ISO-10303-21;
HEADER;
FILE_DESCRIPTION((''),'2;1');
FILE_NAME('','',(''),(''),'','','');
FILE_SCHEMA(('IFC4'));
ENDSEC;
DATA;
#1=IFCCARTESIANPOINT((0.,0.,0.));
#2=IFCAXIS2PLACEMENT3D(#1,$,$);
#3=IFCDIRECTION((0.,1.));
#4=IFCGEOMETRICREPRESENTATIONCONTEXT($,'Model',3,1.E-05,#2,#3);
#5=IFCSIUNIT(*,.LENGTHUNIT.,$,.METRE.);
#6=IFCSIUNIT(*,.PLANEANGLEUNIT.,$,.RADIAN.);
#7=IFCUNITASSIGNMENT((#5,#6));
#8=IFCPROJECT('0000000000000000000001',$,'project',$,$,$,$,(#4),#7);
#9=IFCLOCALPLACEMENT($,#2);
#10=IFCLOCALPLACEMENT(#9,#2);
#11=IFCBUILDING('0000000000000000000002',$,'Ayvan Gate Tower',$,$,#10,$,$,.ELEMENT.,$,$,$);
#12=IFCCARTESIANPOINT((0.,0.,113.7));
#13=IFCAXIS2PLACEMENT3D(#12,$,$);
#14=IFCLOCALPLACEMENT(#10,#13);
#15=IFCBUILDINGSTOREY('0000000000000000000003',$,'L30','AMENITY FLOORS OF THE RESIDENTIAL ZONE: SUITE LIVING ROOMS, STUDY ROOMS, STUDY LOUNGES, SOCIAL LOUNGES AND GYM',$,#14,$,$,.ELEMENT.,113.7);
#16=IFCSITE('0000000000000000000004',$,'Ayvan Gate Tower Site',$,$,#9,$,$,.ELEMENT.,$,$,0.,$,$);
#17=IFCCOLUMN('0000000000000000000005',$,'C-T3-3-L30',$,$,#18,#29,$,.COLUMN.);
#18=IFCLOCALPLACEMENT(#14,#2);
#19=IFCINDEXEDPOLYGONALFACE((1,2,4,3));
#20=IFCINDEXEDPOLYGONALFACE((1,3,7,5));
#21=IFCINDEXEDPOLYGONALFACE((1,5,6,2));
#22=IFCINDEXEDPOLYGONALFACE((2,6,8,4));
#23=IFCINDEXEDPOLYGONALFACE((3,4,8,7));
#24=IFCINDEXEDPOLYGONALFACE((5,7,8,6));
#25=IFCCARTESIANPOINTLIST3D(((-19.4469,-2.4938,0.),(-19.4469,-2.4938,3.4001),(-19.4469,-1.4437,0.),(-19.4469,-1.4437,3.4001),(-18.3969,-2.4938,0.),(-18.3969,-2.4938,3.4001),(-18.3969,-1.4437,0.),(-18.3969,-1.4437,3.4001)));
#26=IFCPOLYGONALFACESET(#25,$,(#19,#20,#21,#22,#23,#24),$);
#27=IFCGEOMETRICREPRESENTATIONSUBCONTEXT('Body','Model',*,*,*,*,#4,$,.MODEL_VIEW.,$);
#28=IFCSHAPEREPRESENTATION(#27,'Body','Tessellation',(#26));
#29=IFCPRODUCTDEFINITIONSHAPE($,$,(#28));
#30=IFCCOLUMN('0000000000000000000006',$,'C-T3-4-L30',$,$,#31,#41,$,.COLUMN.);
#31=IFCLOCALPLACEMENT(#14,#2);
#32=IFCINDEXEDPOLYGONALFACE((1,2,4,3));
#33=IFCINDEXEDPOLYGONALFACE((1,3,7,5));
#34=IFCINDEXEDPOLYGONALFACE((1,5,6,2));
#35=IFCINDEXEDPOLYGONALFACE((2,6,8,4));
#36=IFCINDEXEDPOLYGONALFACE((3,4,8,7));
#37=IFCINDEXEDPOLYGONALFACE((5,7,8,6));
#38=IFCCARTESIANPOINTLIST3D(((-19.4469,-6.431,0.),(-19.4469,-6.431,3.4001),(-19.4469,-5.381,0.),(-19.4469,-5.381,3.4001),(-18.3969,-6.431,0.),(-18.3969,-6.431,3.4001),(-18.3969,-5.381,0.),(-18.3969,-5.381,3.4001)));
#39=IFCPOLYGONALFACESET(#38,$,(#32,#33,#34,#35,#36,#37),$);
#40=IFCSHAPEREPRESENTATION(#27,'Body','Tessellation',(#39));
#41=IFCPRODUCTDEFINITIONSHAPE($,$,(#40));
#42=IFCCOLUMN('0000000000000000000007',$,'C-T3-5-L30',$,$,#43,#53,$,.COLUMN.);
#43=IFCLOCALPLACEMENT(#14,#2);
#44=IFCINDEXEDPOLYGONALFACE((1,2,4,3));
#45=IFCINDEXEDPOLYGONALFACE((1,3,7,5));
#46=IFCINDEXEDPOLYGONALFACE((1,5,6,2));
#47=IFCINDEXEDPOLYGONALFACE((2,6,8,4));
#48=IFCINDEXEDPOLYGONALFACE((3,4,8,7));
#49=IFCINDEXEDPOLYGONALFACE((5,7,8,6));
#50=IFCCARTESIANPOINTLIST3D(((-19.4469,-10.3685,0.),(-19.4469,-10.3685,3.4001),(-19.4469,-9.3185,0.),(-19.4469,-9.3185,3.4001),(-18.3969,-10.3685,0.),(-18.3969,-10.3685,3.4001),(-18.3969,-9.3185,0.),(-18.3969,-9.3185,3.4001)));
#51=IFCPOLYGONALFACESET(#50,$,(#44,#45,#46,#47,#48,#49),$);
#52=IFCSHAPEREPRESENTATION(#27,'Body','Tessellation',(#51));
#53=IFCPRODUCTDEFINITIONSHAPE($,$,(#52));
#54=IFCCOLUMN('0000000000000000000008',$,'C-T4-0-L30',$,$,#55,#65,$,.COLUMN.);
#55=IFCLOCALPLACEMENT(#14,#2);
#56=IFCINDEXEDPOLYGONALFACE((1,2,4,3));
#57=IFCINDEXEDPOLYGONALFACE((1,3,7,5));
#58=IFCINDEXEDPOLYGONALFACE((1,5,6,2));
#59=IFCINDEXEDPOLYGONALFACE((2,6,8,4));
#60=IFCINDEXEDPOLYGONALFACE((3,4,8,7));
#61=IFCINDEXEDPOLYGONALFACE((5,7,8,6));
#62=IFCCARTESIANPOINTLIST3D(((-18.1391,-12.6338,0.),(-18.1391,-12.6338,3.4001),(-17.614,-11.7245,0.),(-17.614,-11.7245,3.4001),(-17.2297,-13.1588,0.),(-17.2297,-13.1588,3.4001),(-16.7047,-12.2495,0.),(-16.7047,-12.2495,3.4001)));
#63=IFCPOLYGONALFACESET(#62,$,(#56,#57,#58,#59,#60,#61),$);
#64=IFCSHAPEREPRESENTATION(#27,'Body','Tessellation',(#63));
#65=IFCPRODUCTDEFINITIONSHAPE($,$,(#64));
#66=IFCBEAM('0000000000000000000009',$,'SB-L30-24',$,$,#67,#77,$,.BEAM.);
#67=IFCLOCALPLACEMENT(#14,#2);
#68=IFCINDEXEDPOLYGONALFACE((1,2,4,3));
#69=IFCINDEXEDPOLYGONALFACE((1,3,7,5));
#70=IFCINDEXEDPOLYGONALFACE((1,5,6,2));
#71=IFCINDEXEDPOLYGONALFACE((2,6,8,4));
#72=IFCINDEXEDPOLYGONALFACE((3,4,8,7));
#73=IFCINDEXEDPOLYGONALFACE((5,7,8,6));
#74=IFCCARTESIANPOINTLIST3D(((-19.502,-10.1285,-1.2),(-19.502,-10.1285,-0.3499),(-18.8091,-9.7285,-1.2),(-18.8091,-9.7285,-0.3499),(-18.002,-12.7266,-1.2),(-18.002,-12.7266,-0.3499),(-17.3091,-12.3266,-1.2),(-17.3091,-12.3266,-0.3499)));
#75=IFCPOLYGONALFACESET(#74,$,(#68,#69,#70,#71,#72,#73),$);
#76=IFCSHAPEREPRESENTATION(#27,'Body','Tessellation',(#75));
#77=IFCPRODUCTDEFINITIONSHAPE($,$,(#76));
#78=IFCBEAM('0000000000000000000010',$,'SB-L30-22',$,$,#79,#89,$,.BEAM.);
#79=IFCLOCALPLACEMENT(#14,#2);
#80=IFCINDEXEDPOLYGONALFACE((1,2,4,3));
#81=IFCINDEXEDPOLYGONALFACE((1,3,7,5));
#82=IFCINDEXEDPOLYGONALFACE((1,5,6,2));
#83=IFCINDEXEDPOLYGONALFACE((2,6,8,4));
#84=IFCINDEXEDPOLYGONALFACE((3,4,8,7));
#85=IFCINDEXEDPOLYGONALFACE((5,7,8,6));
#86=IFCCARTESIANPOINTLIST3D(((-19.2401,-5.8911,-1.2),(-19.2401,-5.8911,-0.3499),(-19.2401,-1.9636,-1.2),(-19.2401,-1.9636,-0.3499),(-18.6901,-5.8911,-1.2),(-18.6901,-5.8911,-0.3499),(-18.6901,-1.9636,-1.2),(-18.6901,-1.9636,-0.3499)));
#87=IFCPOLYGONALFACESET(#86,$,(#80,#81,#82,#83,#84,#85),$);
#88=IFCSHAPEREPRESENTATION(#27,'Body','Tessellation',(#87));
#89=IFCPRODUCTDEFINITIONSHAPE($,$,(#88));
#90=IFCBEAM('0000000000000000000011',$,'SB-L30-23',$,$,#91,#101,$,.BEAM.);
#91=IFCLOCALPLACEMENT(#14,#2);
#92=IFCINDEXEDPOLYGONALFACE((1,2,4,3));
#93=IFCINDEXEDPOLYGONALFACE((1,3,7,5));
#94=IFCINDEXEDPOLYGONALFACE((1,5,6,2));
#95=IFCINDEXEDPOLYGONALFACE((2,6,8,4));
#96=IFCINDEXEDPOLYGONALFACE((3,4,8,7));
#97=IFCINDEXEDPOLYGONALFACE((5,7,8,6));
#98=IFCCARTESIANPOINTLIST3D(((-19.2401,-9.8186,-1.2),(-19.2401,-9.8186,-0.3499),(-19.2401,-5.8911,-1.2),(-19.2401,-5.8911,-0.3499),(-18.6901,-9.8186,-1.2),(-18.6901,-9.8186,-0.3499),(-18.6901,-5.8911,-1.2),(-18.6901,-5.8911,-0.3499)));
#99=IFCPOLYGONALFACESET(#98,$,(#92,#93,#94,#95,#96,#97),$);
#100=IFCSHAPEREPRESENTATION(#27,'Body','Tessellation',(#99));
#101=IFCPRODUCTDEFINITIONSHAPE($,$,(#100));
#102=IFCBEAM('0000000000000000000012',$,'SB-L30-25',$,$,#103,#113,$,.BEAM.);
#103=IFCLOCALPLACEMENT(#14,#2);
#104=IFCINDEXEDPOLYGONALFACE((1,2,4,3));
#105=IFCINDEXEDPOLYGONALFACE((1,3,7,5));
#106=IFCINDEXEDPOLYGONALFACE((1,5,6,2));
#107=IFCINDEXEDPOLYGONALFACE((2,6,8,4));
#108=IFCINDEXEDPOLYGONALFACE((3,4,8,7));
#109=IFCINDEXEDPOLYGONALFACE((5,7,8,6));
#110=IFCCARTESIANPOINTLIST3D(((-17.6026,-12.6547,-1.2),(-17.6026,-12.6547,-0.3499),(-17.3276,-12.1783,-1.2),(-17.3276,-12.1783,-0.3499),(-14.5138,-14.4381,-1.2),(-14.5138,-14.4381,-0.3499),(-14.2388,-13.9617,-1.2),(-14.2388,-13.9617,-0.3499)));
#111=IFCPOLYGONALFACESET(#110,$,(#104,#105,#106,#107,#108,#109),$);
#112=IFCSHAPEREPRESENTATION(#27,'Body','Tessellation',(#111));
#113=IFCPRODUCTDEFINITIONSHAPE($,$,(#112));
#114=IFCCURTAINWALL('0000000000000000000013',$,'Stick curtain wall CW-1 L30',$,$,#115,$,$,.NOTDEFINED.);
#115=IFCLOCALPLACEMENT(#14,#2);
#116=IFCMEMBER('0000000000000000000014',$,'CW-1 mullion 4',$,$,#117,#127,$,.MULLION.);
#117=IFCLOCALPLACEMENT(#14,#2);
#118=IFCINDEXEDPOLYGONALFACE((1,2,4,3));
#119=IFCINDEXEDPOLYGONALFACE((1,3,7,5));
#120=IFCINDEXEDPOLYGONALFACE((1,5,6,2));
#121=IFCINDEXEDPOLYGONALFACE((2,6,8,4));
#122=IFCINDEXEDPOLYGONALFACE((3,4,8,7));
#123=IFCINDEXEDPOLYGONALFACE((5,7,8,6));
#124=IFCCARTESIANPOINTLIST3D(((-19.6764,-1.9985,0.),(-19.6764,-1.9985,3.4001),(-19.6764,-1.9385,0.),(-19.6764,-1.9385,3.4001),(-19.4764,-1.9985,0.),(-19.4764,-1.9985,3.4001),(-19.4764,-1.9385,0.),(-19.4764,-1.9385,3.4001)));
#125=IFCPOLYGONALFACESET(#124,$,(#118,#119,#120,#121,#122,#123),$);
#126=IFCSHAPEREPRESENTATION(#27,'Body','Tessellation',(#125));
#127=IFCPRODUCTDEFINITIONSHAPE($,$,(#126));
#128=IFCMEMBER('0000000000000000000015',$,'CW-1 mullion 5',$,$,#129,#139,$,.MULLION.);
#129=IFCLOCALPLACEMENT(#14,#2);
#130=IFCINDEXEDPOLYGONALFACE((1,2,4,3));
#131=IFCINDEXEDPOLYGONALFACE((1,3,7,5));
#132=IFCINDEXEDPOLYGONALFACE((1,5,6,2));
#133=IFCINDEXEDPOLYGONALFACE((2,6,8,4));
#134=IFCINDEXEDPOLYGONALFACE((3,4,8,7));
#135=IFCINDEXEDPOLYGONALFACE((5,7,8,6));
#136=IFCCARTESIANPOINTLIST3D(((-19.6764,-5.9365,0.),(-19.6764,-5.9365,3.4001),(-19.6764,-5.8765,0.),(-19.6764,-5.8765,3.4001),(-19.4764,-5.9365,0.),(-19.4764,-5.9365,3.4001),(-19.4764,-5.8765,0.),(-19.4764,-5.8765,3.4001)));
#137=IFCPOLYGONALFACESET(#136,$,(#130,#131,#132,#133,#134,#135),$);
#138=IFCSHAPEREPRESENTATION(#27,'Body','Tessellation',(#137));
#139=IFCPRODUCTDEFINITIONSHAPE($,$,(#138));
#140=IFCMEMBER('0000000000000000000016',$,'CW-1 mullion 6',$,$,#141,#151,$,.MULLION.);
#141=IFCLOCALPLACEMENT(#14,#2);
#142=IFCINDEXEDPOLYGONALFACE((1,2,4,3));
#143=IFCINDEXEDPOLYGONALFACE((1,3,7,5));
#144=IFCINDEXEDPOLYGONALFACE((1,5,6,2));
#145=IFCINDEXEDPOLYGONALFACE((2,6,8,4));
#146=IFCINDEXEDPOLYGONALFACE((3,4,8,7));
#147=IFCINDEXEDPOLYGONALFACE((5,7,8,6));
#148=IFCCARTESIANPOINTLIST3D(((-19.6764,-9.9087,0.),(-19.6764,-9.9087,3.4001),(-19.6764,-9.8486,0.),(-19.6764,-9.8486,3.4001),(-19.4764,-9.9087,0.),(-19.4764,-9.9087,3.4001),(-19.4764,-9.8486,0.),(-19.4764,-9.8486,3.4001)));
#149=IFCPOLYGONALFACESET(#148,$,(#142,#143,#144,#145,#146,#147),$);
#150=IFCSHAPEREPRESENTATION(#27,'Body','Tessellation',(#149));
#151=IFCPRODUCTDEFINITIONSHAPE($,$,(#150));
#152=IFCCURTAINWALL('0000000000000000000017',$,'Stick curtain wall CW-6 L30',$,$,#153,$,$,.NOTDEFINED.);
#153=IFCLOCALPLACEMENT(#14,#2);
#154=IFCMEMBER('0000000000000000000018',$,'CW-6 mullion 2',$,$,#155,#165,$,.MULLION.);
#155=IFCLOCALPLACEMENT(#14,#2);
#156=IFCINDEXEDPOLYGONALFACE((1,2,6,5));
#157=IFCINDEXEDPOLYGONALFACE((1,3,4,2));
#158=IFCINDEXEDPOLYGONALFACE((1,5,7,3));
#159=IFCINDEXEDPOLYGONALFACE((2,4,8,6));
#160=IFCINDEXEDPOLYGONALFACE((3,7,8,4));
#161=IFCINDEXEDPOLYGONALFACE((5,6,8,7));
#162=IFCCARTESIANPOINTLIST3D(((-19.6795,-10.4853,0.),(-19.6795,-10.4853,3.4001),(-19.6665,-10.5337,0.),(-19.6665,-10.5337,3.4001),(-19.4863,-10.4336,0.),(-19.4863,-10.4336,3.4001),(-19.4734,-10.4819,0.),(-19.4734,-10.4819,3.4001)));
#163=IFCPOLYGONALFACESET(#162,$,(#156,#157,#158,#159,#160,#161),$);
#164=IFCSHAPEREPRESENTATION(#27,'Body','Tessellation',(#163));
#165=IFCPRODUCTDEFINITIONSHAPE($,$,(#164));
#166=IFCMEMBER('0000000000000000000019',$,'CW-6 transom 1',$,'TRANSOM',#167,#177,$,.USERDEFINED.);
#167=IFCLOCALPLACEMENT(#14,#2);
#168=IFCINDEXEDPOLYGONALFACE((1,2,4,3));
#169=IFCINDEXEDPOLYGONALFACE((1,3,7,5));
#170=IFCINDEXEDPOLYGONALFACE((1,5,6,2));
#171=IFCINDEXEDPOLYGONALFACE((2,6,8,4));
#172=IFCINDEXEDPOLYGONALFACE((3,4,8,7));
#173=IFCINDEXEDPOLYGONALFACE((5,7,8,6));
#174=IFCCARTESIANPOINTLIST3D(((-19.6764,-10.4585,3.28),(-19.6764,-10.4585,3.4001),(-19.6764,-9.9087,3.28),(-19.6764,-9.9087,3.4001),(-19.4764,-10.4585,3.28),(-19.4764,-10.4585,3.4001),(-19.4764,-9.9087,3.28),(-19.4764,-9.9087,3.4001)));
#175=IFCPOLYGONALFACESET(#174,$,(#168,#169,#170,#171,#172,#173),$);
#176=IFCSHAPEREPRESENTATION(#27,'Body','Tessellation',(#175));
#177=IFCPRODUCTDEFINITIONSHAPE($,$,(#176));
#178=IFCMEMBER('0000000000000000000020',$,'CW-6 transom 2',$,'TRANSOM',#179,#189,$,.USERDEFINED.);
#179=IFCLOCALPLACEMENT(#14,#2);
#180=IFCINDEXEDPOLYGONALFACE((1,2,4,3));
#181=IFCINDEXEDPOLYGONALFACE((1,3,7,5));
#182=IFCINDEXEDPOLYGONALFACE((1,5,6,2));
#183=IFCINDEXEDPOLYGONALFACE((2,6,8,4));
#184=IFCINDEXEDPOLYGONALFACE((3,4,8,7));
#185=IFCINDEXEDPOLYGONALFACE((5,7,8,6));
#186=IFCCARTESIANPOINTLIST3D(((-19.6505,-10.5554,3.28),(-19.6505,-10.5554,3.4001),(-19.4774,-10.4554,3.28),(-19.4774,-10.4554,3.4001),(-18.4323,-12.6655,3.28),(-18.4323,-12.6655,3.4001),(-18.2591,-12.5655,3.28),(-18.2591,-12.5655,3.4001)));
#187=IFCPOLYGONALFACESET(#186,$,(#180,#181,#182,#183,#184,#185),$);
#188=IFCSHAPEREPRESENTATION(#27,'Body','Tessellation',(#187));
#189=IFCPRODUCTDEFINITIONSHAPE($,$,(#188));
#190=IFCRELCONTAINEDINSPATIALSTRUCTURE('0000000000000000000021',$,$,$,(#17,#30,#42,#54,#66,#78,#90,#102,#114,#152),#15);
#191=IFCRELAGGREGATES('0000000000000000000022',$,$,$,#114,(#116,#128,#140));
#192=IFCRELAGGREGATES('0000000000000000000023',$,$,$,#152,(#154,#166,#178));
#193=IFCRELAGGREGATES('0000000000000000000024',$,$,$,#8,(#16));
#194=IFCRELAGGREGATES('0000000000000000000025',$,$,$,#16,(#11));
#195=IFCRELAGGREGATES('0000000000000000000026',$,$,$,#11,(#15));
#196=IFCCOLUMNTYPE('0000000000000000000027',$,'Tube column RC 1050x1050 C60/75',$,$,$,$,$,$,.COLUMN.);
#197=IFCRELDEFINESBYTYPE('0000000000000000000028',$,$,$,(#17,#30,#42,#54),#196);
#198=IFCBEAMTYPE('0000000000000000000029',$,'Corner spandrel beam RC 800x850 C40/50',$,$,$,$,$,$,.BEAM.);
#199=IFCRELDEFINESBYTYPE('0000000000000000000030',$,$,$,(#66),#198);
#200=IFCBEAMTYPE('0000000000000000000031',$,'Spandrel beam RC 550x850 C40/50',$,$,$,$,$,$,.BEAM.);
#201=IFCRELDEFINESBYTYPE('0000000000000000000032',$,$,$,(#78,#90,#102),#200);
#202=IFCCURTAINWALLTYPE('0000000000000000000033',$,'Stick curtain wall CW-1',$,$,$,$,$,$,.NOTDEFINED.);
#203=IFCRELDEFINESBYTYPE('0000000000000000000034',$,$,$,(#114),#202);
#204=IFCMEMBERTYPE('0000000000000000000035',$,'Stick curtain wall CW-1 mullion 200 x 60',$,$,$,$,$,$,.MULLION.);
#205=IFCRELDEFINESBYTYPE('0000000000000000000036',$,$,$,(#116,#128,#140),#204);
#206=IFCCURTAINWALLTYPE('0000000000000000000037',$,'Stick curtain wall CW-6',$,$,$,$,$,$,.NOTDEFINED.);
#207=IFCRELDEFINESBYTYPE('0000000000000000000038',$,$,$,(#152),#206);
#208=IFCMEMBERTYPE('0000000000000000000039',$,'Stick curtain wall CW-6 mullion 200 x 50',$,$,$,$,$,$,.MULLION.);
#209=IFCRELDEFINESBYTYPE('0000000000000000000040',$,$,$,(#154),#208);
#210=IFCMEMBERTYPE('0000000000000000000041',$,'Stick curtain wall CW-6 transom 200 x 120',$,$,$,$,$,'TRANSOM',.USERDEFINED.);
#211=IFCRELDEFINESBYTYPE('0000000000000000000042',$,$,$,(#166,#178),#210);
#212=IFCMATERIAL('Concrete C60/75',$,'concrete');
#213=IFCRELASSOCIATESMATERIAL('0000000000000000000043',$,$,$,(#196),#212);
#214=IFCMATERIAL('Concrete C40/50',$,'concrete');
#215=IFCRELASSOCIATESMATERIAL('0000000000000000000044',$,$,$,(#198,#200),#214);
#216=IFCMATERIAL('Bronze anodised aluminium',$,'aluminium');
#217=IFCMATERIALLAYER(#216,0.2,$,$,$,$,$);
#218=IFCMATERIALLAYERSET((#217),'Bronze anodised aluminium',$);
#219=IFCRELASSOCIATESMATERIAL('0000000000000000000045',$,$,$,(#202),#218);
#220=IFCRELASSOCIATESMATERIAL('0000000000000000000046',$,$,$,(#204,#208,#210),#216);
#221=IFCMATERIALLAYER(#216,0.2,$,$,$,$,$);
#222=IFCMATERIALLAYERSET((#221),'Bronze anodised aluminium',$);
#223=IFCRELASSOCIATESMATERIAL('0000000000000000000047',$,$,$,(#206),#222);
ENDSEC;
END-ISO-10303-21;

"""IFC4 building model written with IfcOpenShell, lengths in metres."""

from ifc_helpers import new_model, si_unit, direction, frame, origin, origin_2d, place, context, subcontext, project, spatial, rectangle, extrude, material, layer, layer_set, material_profile, profile_set, type_object, element, aggregate, save


model = new_model("IFC4")

# Units and contexts
model_context = context("Model", 3, precision=1e-05, world=origin(), true_north=direction((0.0, 1.0)))
body_context = subcontext(model_context, "Body", "Model", "MODEL_VIEW")
ifc_project = project(units=[si_unit("LENGTHUNIT", "METRE"), si_unit("PLANEANGLEUNIT", "RADIAN")], contexts=[model_context])

# Site, building, storey
site_placement = place(None, origin())
site = spatial("IfcSite", under=ifc_project, at=site_placement, Name="Ayvan Gate Tower Site", CompositionType="ELEMENT", RefElevation=0.0)
building_placement = place(site_placement, origin())
building = spatial("IfcBuilding", under=site, at=building_placement, Name="Ayvan Gate Tower", CompositionType="ELEMENT")
storey_placement = place(building_placement, frame((0.0, 0.0, 113.7)))
storey = spatial("IfcBuildingStorey", under=building, at=storey_placement, Name="L30", Description="AMENITY FLOORS OF THE RESIDENTIAL ZONE: SUITE LIVING ROOMS, STUDY ROOMS, STUDY LOUNGES, SOCIAL LOUNGES AND GYM", CompositionType="ELEMENT", Elevation=113.7)

# Columns
ifc_material_1 = material(Name="Concrete C60/75", Category="concrete")
ifc_material_profile_1 = material_profile(ifc_material_1, rectangle(XDim=1.05, YDim=1.05, at=origin_2d()), Name="RC 1050x1050")
ifc_profile_set_1 = profile_set([ifc_material_profile_1], Name="Concrete C60/75")
column_type = type_object("IfcColumnType", Name="Tube column RC 1050x1050 C60/75", PredefinedType="COLUMN", material=ifc_profile_set_1)
for number, where, z_axis, x_axis, name in (
    (1, (-18.9219, -1.9688, 0.0), (0.0, 0.0, 1.0), (-1.0, 0.0, 0.0), "C-T3-3-L30"),
    (2, (-18.9219, -5.906, 0.0), (0.0, 0.0, 1.0), (-1.0, 0.0, 0.0), "C-T3-4-L30"),
    (3, (-18.9219, -9.8435, 0.0), (0.0, 0.0, 1.0), (-1.0, 0.0, 0.0), "C-T3-5-L30"),
    (4, (-17.4219, -12.4417, 0.0), (0.0, 0.0, 1.0), (-0.5, -0.866025, 0.0), "C-T4-0-L30"),
):
    element("IfcColumn", number, at=place(storey_placement, frame(where, z_axis=z_axis, x_axis=x_axis)), inside=storey, type_object=column_type, Name=name, PredefinedType="COLUMN", context=body_context, shape_type="SweptSolid", body=[
        extrude(rectangle(XDim=1.05, YDim=1.05, at=origin_2d()), origin(), (0.0, 0.0, 1.0), 3.4001),
    ])

# Beams
ifc_material_2 = material(Name="Concrete C40/50", Category="concrete")
ifc_material_profile_2 = material_profile(ifc_material_2, rectangle(XDim=0.8, YDim=0.8501, at=origin_2d()), Name="RC 800x850")
ifc_profile_set_2 = profile_set([ifc_material_profile_2], Name="Concrete C40/50")
beam_type_1 = type_object("IfcBeamType", Name="Corner spandrel beam RC 800x850 C40/50", PredefinedType="BEAM", material=ifc_profile_set_2)
beam_1_placement = place(storey_placement, frame((-19.1555, -9.9285, -0.7749), z_axis=(0.49999, -0.866031, 0.0), x_axis=(0.866031, 0.49999, 0.0)))
element("IfcBeam", 5, at=beam_1_placement, inside=storey, type_object=beam_type_1, Name="SB-L30-24", PredefinedType="BEAM", context=body_context, shape_type="SweptSolid", body=[
    extrude(rectangle(XDim=0.8, YDim=0.8501, at=origin_2d()), origin(), (0.0, 0.0, 1.0), 3.0),
])
ifc_material_profile_3 = material_profile(ifc_material_2, rectangle(XDim=0.55, YDim=0.8501, at=origin_2d()), Name="RC 550x850")
ifc_profile_set_3 = profile_set([ifc_material_profile_3], Name="Concrete C40/50")
beam_type_2 = type_object("IfcBeamType", Name="Spandrel beam RC 550x850 C40/50", PredefinedType="BEAM", material=ifc_profile_set_3)
for number, where, z_axis, x_axis, name in (
    (6, (-18.9651, -1.9636, -0.7749), (0.0, -1.0, 0.0), (1.0, 0.0, 0.0), "SB-L30-22"),
    (7, (-18.9651, -5.8911, -0.7749), (0.0, -1.0, 0.0), (1.0, 0.0, 0.0), "SB-L30-23"),
):
    element("IfcBeam", number, at=place(storey_placement, frame(where, z_axis=z_axis, x_axis=x_axis)), inside=storey, type_object=beam_type_2, Name=name, PredefinedType="BEAM", context=body_context, shape_type="SweptSolid", body=[
        extrude(rectangle(XDim=0.55, YDim=0.8501, at=origin_2d()), origin(), (0.0, 0.0, 1.0), 3.9275),
    ])
beam_2_placement = place(storey_placement, frame((-17.4651, -12.4165, -0.7749), z_axis=(0.866015, -0.500019, 0.0), x_axis=(0.500019, 0.866015, 0.0)))
element("IfcBeam", 8, at=beam_2_placement, inside=storey, type_object=beam_type_2, Name="SB-L30-25", PredefinedType="BEAM", context=body_context, shape_type="SweptSolid", body=[
    extrude(rectangle(XDim=0.55, YDim=0.8501, at=origin_2d()), origin(), (0.0, 0.0, 1.0), 3.5667),
])

# Curtain walls, members
ifc_material_3 = material(Name="Bronze anodised aluminium", Category="aluminium")
ifc_layer_1 = layer(ifc_material_3, 0.2)
ifc_layer_set_1 = layer_set([ifc_layer_1], Name="Bronze anodised aluminium")
curtain_wall_type_1 = type_object("IfcCurtainWallType", Name="Stick curtain wall CW-1", PredefinedType="NOTDEFINED", material=ifc_layer_set_1)
curtain_wall_1_placement = place(storey_placement, origin())
curtain_wall_1 = element("IfcCurtainWall", 9, at=curtain_wall_1_placement, inside=storey, type_object=curtain_wall_type_1, Name="Stick curtain wall CW-1 L30", PredefinedType="NOTDEFINED")
ifc_material_profile_4 = material_profile(ifc_material_3, rectangle(XDim=0.2, YDim=0.0601, at=origin_2d()), Name="Stick curtain wall CW-1 mullion 200 x 60")
ifc_profile_set_4 = profile_set([ifc_material_profile_4], Name="Bronze anodised aluminium")
member_type_1 = type_object("IfcMemberType", Name="Stick curtain wall CW-1 mullion 200 x 60", PredefinedType="MULLION", material=ifc_profile_set_4)
member_1_placement = place(storey_placement, frame((-19.5764, -1.9685, 0.0), z_axis=(0.0, 0.0, 1.0), x_axis=(-1.0, 0.0, 0.0)))
member_1 = element("IfcMember", 10, at=member_1_placement, type_object=member_type_1, Name="CW-1 mullion 4", PredefinedType="MULLION", context=body_context, shape_type="SweptSolid", body=[
    extrude(rectangle(XDim=0.2, YDim=0.0601, at=origin_2d()), origin(), (0.0, 0.0, 1.0), 3.4001),
])
member_2_placement = place(storey_placement, frame((-19.5764, -5.9065, 0.0), z_axis=(0.0, 0.0, 1.0), x_axis=(-1.0, 0.0, 0.0)))
member_2 = element("IfcMember", 11, at=member_2_placement, type_object=member_type_1, Name="CW-1 mullion 5", PredefinedType="MULLION", context=body_context, shape_type="SweptSolid", body=[
    extrude(rectangle(XDim=0.2, YDim=0.0601, at=origin_2d()), origin(), (0.0, 0.0, 1.0), 3.4001),
])
member_3_placement = place(storey_placement, frame((-19.5764, -9.8787, 0.0), z_axis=(0.0, 0.0, 1.0), x_axis=(-1.0, 0.0, 0.0)))
member_3 = element("IfcMember", 12, at=member_3_placement, type_object=member_type_1, Name="CW-1 mullion 6", PredefinedType="MULLION", context=body_context, shape_type="SweptSolid", body=[
    extrude(rectangle(XDim=0.2, YDim=0.0601, at=origin_2d()), origin(), (0.0, 0.0, 1.0), 3.4001),
])
ifc_layer_2 = layer(ifc_material_3, 0.2)
ifc_layer_set_2 = layer_set([ifc_layer_2], Name="Bronze anodised aluminium")
curtain_wall_type_2 = type_object("IfcCurtainWallType", Name="Stick curtain wall CW-6", PredefinedType="NOTDEFINED", material=ifc_layer_set_2)
curtain_wall_2_placement = place(storey_placement, origin())
curtain_wall_2 = element("IfcCurtainWall", 13, at=curtain_wall_2_placement, inside=storey, type_object=curtain_wall_type_2, Name="Stick curtain wall CW-6 L30", PredefinedType="NOTDEFINED")
ifc_material_profile_5 = material_profile(ifc_material_3, rectangle(XDim=0.2, YDim=0.05, at=origin_2d()), Name="Stick curtain wall CW-6 mullion 200 x 50")
ifc_profile_set_5 = profile_set([ifc_material_profile_5], Name="Bronze anodised aluminium")
member_type_2 = type_object("IfcMemberType", Name="Stick curtain wall CW-6 mullion 200 x 50", PredefinedType="MULLION", material=ifc_profile_set_5)
member_4_placement = place(storey_placement, frame((-19.5764, -10.4836, 0.0), z_axis=(0.0, 0.0, 1.0), x_axis=(-0.965926, -0.258819, 0.0)))
member_4 = element("IfcMember", 14, at=member_4_placement, type_object=member_type_2, Name="CW-6 mullion 2", PredefinedType="MULLION", context=body_context, shape_type="SweptSolid", body=[
    extrude(rectangle(XDim=0.2, YDim=0.05, at=origin_2d()), origin(), (0.0, 0.0, 1.0), 3.4001),
])
ifc_material_profile_6 = material_profile(ifc_material_3, rectangle(XDim=0.2, YDim=0.1201, at=origin_2d()), Name="Stick curtain wall CW-6 transom 200 x 120")
ifc_profile_set_6 = profile_set([ifc_material_profile_6], Name="Bronze anodised aluminium")
member_type_3 = type_object("IfcMemberType", Name="Stick curtain wall CW-6 transom 200 x 120", ElementType="TRANSOM", PredefinedType="USERDEFINED", material=ifc_profile_set_6)
member_5_placement = place(storey_placement, frame((-19.5764, -9.9087, 3.3401), z_axis=(0.0, -1.0, 0.0), x_axis=(1.0, 0.0, 0.0)))
member_5 = element("IfcMember", 15, at=member_5_placement, type_object=member_type_3, Name="CW-6 transom 1", ObjectType="TRANSOM", PredefinedType="USERDEFINED", context=body_context, shape_type="SweptSolid", body=[
    extrude(rectangle(XDim=0.2, YDim=0.1201, at=origin_2d()), origin(), (0.0, 0.0, 1.0), 0.5498),
])
member_6_placement = place(storey_placement, frame((-19.564, -10.5054, 3.3401), z_axis=(0.499997, -0.866027, 0.0), x_axis=(0.866027, 0.499997, 0.0)))
member_6 = element("IfcMember", 16, at=member_6_placement, type_object=member_type_3, Name="CW-6 transom 2", ObjectType="TRANSOM", PredefinedType="USERDEFINED", context=body_context, shape_type="SweptSolid", body=[
    extrude(rectangle(XDim=0.2, YDim=0.1201, at=origin_2d()), origin(), (0.0, 0.0, 1.0), 2.4365),
])

aggregate(curtain_wall_1, [member_1, member_2, member_3])
aggregate(curtain_wall_2, [member_4, member_5, member_6])

save(model, "model.ifc")
